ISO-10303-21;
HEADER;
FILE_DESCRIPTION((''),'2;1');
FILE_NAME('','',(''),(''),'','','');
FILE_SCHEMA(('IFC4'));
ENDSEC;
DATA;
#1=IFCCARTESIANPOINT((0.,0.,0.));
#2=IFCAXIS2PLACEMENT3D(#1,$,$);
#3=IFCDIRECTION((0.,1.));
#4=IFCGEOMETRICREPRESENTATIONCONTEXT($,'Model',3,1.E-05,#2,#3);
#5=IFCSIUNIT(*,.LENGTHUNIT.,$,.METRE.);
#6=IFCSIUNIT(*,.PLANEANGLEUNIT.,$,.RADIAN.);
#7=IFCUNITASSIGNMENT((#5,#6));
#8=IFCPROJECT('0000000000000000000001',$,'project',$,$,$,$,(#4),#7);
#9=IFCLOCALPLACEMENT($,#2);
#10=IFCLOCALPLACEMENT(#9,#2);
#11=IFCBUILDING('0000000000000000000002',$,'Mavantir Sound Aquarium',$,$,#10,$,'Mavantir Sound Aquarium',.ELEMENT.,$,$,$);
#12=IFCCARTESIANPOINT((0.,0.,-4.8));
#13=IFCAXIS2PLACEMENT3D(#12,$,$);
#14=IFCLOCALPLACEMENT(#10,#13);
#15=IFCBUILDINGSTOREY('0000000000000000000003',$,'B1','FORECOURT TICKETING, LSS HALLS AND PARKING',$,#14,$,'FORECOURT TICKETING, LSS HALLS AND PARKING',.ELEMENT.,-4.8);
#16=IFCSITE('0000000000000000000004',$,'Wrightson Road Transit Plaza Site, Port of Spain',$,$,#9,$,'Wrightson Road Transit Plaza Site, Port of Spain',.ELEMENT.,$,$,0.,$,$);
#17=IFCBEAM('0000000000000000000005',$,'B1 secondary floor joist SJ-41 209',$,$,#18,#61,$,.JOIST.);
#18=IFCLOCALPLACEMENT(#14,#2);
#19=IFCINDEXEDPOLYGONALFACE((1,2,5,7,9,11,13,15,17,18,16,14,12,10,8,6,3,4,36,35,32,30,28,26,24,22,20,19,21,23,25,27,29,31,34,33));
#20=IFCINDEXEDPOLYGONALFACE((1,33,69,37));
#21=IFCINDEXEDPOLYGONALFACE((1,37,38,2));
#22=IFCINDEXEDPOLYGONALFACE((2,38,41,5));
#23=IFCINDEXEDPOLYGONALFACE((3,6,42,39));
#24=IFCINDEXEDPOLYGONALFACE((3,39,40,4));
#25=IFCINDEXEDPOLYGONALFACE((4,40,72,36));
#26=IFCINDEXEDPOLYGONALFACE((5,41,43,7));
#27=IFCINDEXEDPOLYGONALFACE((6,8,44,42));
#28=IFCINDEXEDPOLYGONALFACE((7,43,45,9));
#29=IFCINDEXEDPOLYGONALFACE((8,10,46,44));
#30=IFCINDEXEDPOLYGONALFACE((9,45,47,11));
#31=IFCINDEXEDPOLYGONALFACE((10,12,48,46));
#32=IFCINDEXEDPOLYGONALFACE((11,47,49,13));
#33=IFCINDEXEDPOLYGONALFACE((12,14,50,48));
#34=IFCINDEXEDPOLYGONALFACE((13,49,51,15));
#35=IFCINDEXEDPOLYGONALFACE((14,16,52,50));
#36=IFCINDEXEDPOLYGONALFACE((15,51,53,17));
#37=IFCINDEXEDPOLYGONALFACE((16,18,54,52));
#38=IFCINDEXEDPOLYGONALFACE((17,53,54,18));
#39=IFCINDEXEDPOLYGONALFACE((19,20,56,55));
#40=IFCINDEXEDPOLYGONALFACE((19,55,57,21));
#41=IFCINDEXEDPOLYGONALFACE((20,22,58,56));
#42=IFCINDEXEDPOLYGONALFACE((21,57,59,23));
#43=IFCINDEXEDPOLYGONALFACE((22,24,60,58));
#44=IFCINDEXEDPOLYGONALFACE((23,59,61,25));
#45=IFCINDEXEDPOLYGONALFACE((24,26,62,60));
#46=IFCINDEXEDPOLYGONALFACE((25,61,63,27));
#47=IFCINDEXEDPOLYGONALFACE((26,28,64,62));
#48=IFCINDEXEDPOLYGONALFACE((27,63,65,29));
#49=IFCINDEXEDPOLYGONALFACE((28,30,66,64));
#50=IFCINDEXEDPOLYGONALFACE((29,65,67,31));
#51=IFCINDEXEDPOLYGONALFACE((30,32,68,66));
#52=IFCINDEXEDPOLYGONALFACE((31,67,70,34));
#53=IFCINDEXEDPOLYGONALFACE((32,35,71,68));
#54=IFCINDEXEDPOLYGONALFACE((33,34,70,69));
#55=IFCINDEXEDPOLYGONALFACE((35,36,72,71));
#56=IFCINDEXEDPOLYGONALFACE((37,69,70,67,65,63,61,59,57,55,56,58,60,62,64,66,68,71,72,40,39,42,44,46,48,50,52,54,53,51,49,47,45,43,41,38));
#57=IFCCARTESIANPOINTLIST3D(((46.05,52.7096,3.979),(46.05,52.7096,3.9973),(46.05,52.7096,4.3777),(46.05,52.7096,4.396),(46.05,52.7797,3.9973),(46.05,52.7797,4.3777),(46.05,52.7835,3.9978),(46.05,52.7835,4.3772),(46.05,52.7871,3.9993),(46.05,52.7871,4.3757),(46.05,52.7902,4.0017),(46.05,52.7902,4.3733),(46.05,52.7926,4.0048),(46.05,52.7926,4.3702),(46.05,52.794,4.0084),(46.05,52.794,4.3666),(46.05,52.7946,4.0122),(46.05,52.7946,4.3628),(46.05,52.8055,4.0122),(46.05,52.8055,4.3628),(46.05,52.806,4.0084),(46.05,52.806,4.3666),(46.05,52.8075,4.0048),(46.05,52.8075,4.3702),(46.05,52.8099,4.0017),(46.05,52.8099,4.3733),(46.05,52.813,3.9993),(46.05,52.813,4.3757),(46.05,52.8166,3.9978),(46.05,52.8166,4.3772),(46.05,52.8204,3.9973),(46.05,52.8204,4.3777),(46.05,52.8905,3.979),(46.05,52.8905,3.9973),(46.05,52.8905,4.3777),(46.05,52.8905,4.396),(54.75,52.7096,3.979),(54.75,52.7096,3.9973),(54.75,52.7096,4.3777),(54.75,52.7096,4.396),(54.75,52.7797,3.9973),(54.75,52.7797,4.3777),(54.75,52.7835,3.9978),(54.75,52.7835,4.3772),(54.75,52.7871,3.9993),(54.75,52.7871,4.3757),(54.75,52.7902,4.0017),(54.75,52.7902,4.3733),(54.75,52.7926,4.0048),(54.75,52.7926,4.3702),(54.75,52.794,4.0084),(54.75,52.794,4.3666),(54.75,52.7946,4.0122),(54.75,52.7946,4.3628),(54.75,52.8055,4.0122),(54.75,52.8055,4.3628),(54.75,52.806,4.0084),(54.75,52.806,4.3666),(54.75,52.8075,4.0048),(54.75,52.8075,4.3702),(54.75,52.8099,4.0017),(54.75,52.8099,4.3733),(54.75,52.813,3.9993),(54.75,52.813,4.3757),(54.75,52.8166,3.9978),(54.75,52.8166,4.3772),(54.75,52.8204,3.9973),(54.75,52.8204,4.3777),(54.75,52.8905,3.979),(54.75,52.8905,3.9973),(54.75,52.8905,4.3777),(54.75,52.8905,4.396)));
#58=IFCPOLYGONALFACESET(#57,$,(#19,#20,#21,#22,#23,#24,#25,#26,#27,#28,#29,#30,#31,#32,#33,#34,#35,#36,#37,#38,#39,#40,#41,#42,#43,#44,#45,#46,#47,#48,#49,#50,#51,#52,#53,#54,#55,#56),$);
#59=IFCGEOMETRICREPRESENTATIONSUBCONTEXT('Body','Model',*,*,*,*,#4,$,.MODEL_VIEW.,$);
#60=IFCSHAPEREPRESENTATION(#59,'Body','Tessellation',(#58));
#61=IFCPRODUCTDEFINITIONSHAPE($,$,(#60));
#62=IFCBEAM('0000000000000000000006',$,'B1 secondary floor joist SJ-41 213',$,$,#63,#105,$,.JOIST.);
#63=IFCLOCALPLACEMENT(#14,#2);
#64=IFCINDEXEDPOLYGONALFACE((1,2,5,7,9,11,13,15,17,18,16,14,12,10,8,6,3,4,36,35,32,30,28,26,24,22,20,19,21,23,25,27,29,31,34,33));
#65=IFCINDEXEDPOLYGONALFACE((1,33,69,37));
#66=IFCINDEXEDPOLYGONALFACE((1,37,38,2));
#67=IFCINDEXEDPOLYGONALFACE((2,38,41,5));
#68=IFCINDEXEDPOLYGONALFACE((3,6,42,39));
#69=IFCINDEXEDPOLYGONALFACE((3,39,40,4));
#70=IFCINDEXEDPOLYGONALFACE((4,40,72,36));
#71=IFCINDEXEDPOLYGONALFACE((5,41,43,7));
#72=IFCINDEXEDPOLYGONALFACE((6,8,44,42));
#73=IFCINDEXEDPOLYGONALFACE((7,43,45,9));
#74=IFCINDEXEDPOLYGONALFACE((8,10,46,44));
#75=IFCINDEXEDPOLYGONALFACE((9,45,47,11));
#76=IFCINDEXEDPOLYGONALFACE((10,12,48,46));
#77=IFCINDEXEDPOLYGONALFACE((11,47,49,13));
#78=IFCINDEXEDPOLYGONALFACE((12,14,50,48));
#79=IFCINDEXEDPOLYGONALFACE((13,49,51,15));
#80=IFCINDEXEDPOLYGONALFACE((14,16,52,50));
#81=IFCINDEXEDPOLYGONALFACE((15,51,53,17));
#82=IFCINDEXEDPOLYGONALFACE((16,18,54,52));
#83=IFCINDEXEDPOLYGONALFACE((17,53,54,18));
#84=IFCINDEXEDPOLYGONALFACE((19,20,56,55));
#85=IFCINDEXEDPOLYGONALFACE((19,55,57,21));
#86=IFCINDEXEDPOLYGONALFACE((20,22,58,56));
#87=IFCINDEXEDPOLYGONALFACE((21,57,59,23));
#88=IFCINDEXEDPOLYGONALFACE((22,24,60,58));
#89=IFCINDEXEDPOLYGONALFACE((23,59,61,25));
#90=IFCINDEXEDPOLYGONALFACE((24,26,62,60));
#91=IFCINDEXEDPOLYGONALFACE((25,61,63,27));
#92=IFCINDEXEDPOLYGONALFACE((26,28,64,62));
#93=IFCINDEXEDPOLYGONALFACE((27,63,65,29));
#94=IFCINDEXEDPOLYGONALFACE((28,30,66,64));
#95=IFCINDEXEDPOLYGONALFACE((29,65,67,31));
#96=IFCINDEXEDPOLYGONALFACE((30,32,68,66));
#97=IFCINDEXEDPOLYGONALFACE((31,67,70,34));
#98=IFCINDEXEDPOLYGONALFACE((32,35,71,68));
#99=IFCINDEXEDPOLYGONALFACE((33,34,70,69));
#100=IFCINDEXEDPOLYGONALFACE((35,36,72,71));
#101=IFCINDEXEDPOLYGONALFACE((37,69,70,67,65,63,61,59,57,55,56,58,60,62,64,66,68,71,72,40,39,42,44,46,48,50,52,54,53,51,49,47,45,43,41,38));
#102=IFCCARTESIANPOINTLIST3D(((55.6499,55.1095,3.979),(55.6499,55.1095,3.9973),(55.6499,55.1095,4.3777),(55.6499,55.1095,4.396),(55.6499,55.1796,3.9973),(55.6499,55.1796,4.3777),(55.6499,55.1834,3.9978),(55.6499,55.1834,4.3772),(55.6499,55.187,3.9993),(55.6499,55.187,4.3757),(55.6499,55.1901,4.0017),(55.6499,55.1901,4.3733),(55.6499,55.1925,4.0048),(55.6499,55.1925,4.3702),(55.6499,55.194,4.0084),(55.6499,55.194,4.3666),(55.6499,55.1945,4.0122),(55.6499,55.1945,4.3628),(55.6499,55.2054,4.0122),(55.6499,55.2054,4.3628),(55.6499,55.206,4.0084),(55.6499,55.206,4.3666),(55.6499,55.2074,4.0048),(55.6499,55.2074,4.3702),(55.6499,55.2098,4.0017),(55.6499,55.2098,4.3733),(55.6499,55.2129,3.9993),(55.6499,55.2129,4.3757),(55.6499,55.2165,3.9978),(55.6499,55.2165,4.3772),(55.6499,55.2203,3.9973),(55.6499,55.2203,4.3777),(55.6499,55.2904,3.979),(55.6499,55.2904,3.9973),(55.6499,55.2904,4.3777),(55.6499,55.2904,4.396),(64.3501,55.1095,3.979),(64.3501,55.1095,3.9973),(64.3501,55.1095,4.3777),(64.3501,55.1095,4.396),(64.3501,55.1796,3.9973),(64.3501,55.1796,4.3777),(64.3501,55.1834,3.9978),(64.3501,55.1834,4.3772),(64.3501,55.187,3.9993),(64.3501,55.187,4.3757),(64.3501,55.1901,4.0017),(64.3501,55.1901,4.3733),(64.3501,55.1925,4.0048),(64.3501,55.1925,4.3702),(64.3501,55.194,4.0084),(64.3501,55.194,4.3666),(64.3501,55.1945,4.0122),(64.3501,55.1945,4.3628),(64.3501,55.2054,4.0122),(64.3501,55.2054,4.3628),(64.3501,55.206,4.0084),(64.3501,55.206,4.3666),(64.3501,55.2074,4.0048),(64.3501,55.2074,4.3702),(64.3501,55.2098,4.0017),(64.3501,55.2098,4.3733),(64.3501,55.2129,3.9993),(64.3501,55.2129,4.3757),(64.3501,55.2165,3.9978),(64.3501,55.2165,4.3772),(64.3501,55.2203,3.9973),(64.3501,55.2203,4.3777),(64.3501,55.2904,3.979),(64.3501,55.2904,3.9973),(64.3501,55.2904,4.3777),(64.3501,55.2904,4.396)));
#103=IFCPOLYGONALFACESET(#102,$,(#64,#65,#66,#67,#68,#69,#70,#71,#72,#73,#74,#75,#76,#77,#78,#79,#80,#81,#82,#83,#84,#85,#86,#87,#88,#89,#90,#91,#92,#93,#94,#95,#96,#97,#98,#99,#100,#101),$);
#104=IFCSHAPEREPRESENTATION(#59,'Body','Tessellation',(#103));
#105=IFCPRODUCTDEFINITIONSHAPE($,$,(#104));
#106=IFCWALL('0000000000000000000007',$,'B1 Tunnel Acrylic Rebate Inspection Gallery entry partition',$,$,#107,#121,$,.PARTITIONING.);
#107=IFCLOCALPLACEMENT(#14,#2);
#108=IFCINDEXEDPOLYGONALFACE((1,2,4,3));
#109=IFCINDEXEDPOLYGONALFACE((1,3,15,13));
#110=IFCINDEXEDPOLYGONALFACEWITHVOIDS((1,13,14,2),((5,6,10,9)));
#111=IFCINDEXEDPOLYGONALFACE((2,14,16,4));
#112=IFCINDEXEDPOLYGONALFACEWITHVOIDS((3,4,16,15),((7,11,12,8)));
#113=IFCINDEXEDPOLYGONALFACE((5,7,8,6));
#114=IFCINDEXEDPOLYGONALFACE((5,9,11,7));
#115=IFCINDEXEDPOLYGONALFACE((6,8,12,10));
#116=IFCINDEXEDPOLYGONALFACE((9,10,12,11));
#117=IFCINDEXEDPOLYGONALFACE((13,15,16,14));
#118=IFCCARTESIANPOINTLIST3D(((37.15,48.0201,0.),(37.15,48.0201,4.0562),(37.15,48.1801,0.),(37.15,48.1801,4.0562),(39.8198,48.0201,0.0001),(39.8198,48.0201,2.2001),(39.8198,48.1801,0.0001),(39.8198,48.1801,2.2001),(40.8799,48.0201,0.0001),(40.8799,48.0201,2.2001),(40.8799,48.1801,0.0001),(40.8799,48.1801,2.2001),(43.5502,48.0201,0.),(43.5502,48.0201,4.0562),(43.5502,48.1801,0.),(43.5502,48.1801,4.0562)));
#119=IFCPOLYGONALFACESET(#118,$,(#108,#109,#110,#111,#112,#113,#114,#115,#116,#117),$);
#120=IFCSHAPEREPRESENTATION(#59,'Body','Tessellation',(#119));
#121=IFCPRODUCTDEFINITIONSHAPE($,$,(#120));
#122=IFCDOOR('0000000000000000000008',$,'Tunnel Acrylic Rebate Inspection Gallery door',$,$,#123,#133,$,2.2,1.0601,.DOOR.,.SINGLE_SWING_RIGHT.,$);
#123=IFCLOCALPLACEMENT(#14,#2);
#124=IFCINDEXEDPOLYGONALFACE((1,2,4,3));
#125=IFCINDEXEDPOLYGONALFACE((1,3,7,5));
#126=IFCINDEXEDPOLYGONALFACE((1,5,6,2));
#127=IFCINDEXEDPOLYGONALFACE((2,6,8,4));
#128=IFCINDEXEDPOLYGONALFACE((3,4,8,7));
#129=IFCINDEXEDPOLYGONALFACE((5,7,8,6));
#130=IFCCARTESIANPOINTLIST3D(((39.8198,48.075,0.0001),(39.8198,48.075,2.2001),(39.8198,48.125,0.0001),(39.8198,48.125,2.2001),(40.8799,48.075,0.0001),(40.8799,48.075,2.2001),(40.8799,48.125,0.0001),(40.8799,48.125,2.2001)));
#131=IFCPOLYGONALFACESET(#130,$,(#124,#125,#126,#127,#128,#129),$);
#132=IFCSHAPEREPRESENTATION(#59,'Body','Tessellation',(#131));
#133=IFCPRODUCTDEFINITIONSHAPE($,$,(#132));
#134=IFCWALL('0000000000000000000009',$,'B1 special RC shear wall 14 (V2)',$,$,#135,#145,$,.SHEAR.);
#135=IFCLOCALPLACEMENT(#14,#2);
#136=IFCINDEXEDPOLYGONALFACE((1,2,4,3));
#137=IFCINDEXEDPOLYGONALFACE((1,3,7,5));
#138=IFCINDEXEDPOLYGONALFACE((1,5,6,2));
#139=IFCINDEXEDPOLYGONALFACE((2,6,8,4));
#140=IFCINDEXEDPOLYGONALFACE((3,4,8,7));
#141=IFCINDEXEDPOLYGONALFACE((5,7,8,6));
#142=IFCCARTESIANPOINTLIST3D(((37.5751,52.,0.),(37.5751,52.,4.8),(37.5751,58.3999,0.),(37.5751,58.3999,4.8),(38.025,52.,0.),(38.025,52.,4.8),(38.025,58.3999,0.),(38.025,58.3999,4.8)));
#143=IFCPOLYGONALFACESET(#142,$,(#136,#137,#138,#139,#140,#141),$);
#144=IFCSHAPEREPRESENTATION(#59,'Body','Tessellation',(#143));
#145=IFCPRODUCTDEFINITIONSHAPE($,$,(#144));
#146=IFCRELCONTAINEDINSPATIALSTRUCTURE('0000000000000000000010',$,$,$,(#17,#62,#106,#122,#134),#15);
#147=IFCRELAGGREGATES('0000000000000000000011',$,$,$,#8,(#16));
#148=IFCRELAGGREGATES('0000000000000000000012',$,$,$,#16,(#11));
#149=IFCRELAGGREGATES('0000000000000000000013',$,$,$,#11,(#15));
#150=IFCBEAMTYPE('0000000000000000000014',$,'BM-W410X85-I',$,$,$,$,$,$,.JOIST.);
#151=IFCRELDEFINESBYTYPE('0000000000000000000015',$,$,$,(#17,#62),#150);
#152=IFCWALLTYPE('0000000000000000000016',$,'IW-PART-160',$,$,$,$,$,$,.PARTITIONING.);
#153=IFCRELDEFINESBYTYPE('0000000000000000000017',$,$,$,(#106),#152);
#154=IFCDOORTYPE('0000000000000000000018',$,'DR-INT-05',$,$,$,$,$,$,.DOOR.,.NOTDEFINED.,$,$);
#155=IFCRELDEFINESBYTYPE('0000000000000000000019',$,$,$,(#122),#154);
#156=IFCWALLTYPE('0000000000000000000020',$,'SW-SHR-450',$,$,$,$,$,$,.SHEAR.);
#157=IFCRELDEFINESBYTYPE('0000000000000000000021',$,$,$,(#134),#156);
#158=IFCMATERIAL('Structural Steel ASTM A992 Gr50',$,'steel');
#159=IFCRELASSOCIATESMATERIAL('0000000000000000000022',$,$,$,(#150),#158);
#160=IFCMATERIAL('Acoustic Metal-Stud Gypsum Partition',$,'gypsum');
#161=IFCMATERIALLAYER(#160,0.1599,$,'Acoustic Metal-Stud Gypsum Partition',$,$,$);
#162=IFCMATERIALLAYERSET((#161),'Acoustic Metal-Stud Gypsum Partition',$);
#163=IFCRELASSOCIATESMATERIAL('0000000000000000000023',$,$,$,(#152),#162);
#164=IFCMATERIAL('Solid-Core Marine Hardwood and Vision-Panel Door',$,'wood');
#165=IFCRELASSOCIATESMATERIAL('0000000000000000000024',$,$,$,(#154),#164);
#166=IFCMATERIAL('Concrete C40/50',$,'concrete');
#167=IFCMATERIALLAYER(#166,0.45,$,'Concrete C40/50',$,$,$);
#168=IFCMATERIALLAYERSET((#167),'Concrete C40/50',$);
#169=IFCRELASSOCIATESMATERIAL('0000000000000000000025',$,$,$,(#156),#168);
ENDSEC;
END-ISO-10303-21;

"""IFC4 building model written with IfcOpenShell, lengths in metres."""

from ifc_helpers import new_model, si_unit, direction, frame, frame_2d, origin, origin_2d, place, context, subcontext, project, spatial, rectangle, i_section, extrude, material, layer, layer_set, material_profile, profile_set, type_object, element, fill, save


model = new_model("IFC4")

# Units and contexts
model_context = context("Model", 3, precision=1e-05, world=origin(), true_north=direction((0.0, 1.0)))
body_context = subcontext(model_context, "Body", "Model", "MODEL_VIEW")
ifc_project = project(units=[si_unit("LENGTHUNIT", "METRE"), si_unit("PLANEANGLEUNIT", "RADIAN")], contexts=[model_context])

# Site, building, storey
site_placement = place(None, origin())
site = spatial("IfcSite", under=ifc_project, at=site_placement, Name="Wrightson Road Transit Plaza Site, Port of Spain", LongName="Wrightson Road Transit Plaza Site, Port of Spain", CompositionType="ELEMENT", RefElevation=0.0)
building_placement = place(site_placement, origin())
building = spatial("IfcBuilding", under=site, at=building_placement, Name="Mavantir Sound Aquarium", LongName="Mavantir Sound Aquarium", CompositionType="ELEMENT")
storey_placement = place(building_placement, frame((0.0, 0.0, -4.8)))
storey = spatial("IfcBuildingStorey", under=building, at=storey_placement, Name="B1", Description="FORECOURT TICKETING, LSS HALLS AND PARKING", LongName="FORECOURT TICKETING, LSS HALLS AND PARKING", CompositionType="ELEMENT", Elevation=-4.8)

# Shared definitions
ifc_material_1 = material(Name="Concrete C40/50", Category="concrete")

# Beams
ifc_material_2 = material(Name="Structural Steel ASTM A992 Gr50", Category="steel")
ifc_material_profile_1 = material_profile(ifc_material_2, i_section(OverallWidth=0.1809, OverallDepth=0.417, WebThickness=0.011, FlangeThickness=0.0183, FilletRadius=0.0149, at=origin_2d()), Name="W410X85")
ifc_profile_set_1 = profile_set([ifc_material_profile_1], Name="Structural Steel ASTM A992 Gr50")
beam_type_1 = type_object("IfcBeamType", Name="BM-W410X85-I", PredefinedType="JOIST", material=ifc_profile_set_1)
beam_1_placement = place(storey_placement, frame((46.05, 52.8, 4.1875), z_axis=(1.0, 0.0, 0.0), x_axis=(0.0, 1.0, 0.0)))
element("IfcBeam", 1, at=beam_1_placement, inside=storey, type_object=beam_type_1, Name="B1 secondary floor joist SJ-41 209", PredefinedType="JOIST", context=body_context, shape_type="SweptSolid", body=[
    extrude(i_section(OverallWidth=0.1809, OverallDepth=0.417, WebThickness=0.011, FlangeThickness=0.0183, FilletRadius=0.0149, at=origin_2d()), origin(), (0.0, 0.0, 1.0), 8.7),
])
beam_2_placement = place(storey_placement, frame((55.6499, 55.2, 4.1875), z_axis=(1.0, 0.0, 0.0), x_axis=(0.0, 1.0, 0.0)))
element("IfcBeam", 2, at=beam_2_placement, inside=storey, type_object=beam_type_1, Name="B1 secondary floor joist SJ-41 213", PredefinedType="JOIST", context=body_context, shape_type="SweptSolid", body=[
    extrude(i_section(OverallWidth=0.1809, OverallDepth=0.417, WebThickness=0.011, FlangeThickness=0.0183, FilletRadius=0.0149, at=origin_2d()), origin(), (0.0, 0.0, 1.0), 8.7002),
])

# Wall, opening, door
ifc_material_3 = material(Name="Acoustic Metal-Stud Gypsum Partition", Category="gypsum")
ifc_layer_1 = layer(ifc_material_3, 0.1599, Name="Acoustic Metal-Stud Gypsum Partition")
ifc_layer_set_1 = layer_set([ifc_layer_1], Name="Acoustic Metal-Stud Gypsum Partition")
wall_type_1 = type_object("IfcWallType", Name="IW-PART-160", PredefinedType="PARTITIONING", material=ifc_layer_set_1)
wall_1_placement = place(storey_placement, frame((37.1499, 48.1001, 0.0), z_axis=(0.0, 0.0, 1.0), x_axis=(1.0, 0.0, 0.0)))
wall_1 = element("IfcWall", 3, at=wall_1_placement, inside=storey, type_object=wall_type_1, Name="B1 Tunnel Acrylic Rebate Inspection Gallery entry partition", PredefinedType="PARTITIONING", context=body_context, shape_type="SweptSolid", body=[
    extrude(rectangle(XDim=6.4001, YDim=0.1599, at=frame_2d((3.2002, 0.0))), origin(), (0.0, 0.0, 1.0), 4.0562),
])
opening_placement = place(wall_1_placement, frame((2.6699, 0.0, 0.0)))
opening = element("IfcOpeningElement", 4, at=opening_placement, cuts=wall_1, PredefinedType="OPENING", context=body_context, shape_type="SweptSolid", body=[
    extrude(rectangle(XDim=1.0601, YDim=2.2, at=frame_2d((0.53, 1.1001))), frame((0.0, 0.0898, 0.0), z_axis=(0.0, -1.0, 0.0), x_axis=(1.0, 0.0, 0.0)), (0.0, 0.0, 1.0), 0.1799),
])
ifc_material_4 = material(Name="Solid-Core Marine Hardwood and Vision-Panel Door", Category="wood")
door_type = type_object("IfcDoorType", Name="DR-INT-05", OperationType="NOTDEFINED", PredefinedType="DOOR", material=ifc_material_4)
door_placement = place(opening_placement, origin())
door = element("IfcDoor", 5, at=door_placement, inside=storey, type_object=door_type, Name="Tunnel Acrylic Rebate Inspection Gallery door", OperationType="SINGLE_SWING_RIGHT", OverallHeight=2.2, OverallWidth=1.0601, PredefinedType="DOOR", context=body_context, shape_type="SweptSolid", body=[
    extrude(rectangle(XDim=1.0601, YDim=2.2, at=frame_2d((0.53, 1.1001))), frame((0.0, 0.0249, 0.0), z_axis=(0.0, -1.0, 0.0), x_axis=(1.0, 0.0, 0.0)), (0.0, 0.0, 1.0), 0.05),
])
fill(opening, door)

# Wall
ifc_layer_2 = layer(ifc_material_1, 0.45, Name="Concrete C40/50")
ifc_layer_set_2 = layer_set([ifc_layer_2], Name="Concrete C40/50")
wall_type_2 = type_object("IfcWallType", Name="SW-SHR-450", PredefinedType="SHEAR", material=ifc_layer_set_2)
wall_2_placement = place(storey_placement, frame((37.8, 52.0, 0.0), z_axis=(0.0, 0.0, 1.0), x_axis=(0.0, 1.0, 0.0)))
element("IfcWall", 6, at=wall_2_placement, inside=storey, type_object=wall_type_2, Name="B1 special RC shear wall 14 (V2)", PredefinedType="SHEAR", context=body_context, shape_type="SweptSolid", body=[
    extrude(rectangle(XDim=6.3999, YDim=0.45, at=frame_2d((3.2, 0.0))), origin(), (0.0, 0.0, 1.0), 4.8),
])

save(model, "model.ifc")
